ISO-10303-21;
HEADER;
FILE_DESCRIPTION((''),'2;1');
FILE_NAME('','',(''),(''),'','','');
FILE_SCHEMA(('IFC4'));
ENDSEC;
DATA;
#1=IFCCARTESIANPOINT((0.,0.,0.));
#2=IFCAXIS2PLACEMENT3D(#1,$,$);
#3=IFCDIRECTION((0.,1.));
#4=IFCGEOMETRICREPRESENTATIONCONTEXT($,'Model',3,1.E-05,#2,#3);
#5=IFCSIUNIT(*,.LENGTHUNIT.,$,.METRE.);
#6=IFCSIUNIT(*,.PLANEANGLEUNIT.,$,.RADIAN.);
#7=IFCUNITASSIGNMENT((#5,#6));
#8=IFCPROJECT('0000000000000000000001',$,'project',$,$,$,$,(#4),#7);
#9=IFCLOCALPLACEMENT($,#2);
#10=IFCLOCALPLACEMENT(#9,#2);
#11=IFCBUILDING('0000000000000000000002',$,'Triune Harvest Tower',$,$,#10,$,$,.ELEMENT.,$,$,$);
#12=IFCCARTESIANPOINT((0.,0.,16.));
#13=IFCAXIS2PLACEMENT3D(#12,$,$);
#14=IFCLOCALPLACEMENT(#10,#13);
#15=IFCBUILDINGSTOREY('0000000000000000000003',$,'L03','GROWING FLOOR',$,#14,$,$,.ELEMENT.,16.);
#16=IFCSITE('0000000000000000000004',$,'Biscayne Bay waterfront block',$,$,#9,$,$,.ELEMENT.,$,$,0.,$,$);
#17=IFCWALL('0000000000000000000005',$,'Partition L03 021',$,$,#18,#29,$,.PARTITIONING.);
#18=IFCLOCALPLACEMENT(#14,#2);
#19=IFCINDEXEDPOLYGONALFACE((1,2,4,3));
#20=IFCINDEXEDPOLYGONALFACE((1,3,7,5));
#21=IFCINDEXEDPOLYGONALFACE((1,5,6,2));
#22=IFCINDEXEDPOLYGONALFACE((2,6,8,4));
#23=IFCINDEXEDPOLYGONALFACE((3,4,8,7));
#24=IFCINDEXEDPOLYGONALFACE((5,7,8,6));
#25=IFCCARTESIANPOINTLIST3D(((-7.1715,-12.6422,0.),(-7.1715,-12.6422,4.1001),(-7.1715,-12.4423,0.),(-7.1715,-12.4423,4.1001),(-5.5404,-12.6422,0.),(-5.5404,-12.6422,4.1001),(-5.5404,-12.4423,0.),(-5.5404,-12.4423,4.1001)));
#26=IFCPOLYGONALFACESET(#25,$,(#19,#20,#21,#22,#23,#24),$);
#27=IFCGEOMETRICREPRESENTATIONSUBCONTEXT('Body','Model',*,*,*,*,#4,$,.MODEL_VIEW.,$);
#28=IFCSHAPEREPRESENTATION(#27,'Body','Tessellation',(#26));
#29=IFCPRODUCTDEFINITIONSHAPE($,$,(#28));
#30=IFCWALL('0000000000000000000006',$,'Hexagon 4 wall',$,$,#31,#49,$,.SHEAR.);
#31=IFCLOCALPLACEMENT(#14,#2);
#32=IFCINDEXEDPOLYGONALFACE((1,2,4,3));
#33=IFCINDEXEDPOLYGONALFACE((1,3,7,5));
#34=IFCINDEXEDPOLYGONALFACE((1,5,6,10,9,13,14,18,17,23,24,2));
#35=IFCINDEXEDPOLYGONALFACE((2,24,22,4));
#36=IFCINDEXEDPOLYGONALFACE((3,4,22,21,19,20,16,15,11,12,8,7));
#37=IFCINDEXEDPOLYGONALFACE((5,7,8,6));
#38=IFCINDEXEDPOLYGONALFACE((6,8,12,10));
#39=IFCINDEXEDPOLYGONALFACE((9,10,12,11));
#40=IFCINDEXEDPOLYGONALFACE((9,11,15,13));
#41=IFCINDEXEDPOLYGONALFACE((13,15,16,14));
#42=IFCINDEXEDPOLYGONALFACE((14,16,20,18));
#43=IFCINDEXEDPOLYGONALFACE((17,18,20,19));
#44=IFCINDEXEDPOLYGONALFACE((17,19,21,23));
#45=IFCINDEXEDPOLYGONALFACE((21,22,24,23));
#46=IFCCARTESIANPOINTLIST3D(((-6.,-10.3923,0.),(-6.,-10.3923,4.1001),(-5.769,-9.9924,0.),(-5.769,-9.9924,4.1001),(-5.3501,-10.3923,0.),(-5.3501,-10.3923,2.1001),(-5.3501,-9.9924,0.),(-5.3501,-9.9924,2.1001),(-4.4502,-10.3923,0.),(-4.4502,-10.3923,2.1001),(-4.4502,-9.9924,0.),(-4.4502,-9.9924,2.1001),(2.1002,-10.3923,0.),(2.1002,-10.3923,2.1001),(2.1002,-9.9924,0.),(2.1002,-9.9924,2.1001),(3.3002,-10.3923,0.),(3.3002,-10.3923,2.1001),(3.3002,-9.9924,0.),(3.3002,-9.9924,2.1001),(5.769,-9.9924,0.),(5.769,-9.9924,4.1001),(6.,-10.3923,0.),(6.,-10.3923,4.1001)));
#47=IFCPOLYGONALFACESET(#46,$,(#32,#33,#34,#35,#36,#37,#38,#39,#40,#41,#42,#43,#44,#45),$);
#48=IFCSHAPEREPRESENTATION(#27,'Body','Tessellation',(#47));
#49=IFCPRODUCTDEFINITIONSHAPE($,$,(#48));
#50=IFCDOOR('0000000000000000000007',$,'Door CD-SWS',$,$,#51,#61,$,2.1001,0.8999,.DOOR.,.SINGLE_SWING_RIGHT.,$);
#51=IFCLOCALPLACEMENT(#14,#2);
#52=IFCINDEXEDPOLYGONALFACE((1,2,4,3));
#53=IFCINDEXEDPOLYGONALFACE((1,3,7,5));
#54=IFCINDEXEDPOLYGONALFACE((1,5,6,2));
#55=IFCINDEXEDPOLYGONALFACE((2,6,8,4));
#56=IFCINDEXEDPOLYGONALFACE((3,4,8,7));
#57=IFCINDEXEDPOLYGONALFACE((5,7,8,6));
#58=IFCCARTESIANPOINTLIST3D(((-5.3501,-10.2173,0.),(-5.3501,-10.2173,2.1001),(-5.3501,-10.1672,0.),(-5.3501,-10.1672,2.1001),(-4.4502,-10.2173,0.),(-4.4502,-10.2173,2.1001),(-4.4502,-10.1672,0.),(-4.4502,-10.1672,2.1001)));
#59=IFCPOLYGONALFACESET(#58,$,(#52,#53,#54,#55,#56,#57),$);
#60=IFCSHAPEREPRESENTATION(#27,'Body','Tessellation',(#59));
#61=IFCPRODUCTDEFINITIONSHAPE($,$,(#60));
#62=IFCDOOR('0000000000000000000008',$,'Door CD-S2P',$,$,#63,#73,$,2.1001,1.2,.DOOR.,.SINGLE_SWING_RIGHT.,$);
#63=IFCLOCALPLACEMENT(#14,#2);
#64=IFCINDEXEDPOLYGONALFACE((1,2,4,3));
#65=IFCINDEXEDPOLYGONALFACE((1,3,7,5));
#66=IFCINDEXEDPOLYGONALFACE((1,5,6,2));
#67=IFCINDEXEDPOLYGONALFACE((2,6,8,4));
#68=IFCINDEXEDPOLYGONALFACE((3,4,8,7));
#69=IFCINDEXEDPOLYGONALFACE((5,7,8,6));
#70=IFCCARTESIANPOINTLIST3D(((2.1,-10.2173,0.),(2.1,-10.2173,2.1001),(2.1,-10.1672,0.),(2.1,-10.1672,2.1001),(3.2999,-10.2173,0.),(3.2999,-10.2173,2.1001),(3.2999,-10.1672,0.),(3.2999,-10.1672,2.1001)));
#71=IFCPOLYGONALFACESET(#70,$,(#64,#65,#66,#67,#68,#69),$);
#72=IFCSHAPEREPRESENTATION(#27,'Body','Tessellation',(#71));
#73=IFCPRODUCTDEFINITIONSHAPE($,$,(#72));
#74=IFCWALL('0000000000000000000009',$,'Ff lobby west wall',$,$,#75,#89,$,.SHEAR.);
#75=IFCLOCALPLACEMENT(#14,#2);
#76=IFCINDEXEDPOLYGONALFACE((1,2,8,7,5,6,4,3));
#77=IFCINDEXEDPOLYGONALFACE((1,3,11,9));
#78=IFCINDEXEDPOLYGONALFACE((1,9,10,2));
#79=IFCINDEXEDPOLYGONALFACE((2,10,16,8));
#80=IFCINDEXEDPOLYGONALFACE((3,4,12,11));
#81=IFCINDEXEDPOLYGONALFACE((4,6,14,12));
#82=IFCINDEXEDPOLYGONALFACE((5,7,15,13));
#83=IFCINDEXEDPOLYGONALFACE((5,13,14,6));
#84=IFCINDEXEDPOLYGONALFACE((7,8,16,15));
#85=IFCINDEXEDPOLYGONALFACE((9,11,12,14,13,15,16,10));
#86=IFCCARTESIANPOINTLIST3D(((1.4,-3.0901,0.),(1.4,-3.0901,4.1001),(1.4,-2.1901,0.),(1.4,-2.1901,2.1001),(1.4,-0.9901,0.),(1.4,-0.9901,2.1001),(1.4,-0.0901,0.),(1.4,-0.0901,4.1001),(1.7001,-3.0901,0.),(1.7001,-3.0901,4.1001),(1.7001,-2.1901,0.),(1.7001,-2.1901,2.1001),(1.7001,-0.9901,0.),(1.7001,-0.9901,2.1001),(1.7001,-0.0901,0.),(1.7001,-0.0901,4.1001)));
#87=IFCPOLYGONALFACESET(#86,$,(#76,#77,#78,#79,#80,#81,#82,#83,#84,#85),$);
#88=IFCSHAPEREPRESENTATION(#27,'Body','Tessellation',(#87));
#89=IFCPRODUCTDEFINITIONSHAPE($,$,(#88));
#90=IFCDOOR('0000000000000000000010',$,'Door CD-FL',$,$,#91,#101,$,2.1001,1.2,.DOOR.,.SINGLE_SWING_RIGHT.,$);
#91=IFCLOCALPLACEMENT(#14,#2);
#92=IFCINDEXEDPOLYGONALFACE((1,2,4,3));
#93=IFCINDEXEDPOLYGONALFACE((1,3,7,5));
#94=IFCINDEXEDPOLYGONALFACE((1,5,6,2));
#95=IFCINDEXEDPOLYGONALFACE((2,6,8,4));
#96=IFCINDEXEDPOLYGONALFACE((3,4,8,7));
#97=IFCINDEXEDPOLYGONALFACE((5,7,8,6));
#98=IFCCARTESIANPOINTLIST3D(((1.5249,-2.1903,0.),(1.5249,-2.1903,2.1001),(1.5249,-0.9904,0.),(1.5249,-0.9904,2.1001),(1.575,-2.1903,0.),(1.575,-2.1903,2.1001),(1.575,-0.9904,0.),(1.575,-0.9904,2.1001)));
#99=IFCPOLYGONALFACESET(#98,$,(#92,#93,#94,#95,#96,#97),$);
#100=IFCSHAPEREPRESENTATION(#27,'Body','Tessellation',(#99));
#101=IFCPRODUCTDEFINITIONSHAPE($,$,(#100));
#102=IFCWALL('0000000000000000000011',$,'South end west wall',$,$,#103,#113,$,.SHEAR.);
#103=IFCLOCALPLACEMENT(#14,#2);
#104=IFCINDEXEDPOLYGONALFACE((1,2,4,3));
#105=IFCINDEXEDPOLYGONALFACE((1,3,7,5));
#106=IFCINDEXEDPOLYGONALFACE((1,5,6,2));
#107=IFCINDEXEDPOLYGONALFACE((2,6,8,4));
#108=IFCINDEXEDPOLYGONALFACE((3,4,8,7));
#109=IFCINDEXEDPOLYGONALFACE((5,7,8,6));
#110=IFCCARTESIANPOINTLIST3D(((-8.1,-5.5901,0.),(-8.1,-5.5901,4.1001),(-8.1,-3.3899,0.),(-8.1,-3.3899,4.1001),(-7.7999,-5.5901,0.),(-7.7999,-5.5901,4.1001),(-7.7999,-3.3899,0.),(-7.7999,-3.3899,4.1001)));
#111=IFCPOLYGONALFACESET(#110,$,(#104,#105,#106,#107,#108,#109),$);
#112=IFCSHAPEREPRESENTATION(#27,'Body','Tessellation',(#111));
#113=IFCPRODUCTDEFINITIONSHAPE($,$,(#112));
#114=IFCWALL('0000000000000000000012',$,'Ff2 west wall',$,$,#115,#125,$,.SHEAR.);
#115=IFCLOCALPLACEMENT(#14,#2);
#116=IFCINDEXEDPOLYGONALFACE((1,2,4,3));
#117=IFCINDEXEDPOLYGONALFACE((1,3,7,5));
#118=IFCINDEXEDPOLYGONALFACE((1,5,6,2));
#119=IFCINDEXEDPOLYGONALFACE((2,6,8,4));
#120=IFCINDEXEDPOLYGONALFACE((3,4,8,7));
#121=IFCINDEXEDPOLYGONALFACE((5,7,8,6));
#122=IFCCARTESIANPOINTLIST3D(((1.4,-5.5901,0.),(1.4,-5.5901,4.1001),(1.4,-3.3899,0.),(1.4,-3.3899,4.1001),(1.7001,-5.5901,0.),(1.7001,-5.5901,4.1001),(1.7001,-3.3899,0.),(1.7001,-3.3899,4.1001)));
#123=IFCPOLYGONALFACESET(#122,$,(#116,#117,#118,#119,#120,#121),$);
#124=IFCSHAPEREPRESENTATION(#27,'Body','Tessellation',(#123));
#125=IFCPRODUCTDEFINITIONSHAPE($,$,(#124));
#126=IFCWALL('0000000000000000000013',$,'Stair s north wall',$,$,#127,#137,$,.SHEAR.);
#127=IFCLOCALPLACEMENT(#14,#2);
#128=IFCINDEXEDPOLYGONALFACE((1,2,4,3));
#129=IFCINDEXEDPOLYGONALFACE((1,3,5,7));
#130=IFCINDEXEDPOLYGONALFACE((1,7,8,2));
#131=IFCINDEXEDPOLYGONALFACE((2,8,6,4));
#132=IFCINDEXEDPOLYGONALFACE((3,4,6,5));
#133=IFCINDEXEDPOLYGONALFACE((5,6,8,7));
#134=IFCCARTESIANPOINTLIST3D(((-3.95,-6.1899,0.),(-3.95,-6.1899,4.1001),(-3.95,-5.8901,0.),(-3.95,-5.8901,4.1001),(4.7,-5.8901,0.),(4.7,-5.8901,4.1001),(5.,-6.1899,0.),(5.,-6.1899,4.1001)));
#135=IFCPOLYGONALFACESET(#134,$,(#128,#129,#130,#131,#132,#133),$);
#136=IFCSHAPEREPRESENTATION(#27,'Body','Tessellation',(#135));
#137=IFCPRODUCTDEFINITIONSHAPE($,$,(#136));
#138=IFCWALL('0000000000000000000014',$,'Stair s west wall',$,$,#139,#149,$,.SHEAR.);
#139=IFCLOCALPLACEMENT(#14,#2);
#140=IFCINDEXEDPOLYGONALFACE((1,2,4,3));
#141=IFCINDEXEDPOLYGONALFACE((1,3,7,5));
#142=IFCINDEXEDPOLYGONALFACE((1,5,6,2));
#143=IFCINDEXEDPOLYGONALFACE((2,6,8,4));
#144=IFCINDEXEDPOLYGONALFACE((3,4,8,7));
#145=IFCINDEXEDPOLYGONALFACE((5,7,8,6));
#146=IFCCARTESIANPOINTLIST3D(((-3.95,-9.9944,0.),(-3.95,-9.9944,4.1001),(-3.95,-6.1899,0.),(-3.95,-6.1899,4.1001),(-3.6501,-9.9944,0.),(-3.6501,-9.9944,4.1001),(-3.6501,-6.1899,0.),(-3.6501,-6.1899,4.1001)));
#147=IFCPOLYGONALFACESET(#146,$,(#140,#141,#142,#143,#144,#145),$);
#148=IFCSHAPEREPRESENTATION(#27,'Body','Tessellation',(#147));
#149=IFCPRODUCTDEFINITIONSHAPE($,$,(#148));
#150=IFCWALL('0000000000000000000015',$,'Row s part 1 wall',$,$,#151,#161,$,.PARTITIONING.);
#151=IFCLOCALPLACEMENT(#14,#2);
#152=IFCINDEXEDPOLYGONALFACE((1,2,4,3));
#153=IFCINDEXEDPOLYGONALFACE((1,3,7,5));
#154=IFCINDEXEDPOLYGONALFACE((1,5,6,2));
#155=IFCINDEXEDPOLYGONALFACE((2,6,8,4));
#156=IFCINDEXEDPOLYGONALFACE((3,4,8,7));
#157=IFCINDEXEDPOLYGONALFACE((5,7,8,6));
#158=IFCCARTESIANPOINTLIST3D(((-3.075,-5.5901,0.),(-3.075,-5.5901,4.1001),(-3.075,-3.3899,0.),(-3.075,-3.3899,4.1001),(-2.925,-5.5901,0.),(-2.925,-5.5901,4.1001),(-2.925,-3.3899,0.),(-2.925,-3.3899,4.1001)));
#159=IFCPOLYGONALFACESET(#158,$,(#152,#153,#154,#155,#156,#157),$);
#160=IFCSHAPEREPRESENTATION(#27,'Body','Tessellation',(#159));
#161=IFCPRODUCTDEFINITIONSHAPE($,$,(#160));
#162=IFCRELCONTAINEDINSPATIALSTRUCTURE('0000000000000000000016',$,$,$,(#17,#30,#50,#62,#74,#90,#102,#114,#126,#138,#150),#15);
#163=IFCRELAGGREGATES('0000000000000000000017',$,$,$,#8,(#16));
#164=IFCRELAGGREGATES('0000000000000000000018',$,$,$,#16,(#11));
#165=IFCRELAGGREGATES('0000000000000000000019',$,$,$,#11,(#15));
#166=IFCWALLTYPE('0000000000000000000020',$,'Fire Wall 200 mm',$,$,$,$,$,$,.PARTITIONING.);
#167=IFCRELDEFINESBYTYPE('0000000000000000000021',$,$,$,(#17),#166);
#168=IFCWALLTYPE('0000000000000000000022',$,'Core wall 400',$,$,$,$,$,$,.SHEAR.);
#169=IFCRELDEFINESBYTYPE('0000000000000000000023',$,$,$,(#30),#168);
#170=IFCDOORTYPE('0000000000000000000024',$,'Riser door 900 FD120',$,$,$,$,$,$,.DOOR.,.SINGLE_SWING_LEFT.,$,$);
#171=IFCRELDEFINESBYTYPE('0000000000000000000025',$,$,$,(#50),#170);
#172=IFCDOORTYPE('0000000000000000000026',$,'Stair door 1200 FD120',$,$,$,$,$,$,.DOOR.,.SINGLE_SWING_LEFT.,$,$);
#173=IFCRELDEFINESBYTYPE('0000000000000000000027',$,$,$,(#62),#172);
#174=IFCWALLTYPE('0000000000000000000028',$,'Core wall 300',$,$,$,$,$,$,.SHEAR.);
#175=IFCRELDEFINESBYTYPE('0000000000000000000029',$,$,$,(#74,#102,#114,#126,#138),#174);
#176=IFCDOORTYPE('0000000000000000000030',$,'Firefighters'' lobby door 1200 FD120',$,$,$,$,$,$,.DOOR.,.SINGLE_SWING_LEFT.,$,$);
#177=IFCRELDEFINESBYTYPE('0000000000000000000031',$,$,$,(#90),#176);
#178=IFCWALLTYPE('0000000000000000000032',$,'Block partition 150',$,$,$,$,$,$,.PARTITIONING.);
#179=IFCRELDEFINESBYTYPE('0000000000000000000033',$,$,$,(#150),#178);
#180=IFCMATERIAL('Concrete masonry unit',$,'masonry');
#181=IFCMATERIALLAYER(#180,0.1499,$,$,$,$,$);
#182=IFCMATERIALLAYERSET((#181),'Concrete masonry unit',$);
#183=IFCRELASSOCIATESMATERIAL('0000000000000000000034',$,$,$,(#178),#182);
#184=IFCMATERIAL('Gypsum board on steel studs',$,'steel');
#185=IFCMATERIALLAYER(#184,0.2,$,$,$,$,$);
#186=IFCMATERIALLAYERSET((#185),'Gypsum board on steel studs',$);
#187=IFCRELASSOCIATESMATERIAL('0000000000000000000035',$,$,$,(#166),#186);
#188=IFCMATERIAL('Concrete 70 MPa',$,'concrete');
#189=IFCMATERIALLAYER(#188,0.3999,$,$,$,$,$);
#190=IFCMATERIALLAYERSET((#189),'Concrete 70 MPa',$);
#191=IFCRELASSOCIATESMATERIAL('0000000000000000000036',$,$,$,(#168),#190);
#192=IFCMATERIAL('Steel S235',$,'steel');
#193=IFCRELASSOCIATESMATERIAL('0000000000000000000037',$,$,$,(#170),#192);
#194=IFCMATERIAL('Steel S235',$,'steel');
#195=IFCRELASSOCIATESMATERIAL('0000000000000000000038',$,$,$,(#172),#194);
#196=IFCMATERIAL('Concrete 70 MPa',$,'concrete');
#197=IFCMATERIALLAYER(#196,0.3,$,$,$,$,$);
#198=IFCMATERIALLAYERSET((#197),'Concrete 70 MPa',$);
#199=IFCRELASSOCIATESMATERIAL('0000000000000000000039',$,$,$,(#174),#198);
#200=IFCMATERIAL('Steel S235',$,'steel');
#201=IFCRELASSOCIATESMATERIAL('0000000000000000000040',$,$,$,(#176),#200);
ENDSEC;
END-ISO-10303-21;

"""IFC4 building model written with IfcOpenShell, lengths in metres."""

from ifc_helpers import new_model, si_unit, direction, frame, frame_2d, origin, place, context, subcontext, project, spatial, polyline, rectangle, outline, extrude, source, transform, mapped, material, layer, layer_set, type_object, element, fill, save


model = new_model("IFC4")

# Units and contexts
model_context = context("Model", 3, precision=1e-05, world=origin(), true_north=direction((0.0, 1.0)))
body_context = subcontext(model_context, "Body", "Model", "MODEL_VIEW")
ifc_project = project(units=[si_unit("LENGTHUNIT", "METRE"), si_unit("PLANEANGLEUNIT", "RADIAN")], contexts=[model_context])

# Site, building, storey
site_placement = place(None, origin())
site = spatial("IfcSite", under=ifc_project, at=site_placement, Name="Biscayne Bay waterfront block", CompositionType="ELEMENT", RefElevation=0.0)
building_placement = place(site_placement, origin())
building = spatial("IfcBuilding", under=site, at=building_placement, Name="Triune Harvest Tower", CompositionType="ELEMENT")
storey_placement = place(building_placement, frame((0.0, 0.0, 16.0)))
storey = spatial("IfcBuildingStorey", under=building, at=storey_placement, Name="L03", Description="GROWING FLOOR", CompositionType="ELEMENT", Elevation=16.0)

# Wall
ifc_material_1 = material(Name="Concrete masonry unit", Category="masonry")
ifc_layer_1 = layer(ifc_material_1, 0.1499)
ifc_layer_set_1 = layer_set([ifc_layer_1], Name="Concrete masonry unit")
wall_type_1 = type_object("IfcWallType", Name="Block partition 150", PredefinedType="PARTITIONING", material=ifc_layer_set_1)
ifc_material_2 = material(Name="Gypsum board on steel studs", Category="steel")
ifc_layer_2 = layer(ifc_material_2, 0.2)
ifc_layer_set_2 = layer_set([ifc_layer_2], Name="Gypsum board on steel studs")
wall_type_2 = type_object("IfcWallType", Name="Fire Wall 200 mm", PredefinedType="PARTITIONING", material=ifc_layer_set_2)
wall_1_placement = place(storey_placement, frame((-7.1714, -12.5422, 0.0), z_axis=(0.0, 0.0, 1.0), x_axis=(1.0, 0.0, 0.0)))
element("IfcWall", 1, at=wall_1_placement, inside=storey, type_object=wall_type_2, Name="Partition L03 021", PredefinedType="PARTITIONING", context=body_context, shape_type="SweptSolid", body=[
    extrude(rectangle(XDim=1.6311, YDim=0.2, at=frame_2d((0.8154, 0.0))), origin(), (0.0, 0.0, 1.0), 4.1001),
])

# Wall, openings, doors
ifc_material_3 = material(Name="Concrete 70 MPa", Category="concrete")
ifc_layer_3 = layer(ifc_material_3, 0.3999)
ifc_layer_set_3 = layer_set([ifc_layer_3], Name="Concrete 70 MPa")
wall_type_3 = type_object("IfcWallType", Name="Core wall 400", PredefinedType="SHEAR", material=ifc_layer_set_3)
shared_shape_1 = source(origin(), body_context, "Body", "SweptSolid", [
    extrude(outline(polyline([(-0.1155, -0.2), (11.8845, -0.2), (11.6536, 0.2), (0.1155, 0.2), (-0.1155, -0.2)])), origin(), (0.0, 0.0, 1.0), 4.1001),
])
wall_2_placement = place(storey_placement, frame((-5.8845, -10.1924, 0.0), z_axis=(0.0, 0.0, 1.0), x_axis=(1.0, 0.0, 0.0)))
wall_2 = element("IfcWall", 2, at=wall_2_placement, inside=storey, type_object=wall_type_3, Name="Hexagon 4 wall", PredefinedType="SHEAR", context=body_context, shape_type="MappedRepresentation", body=[
    mapped(shared_shape_1, transform((0.0, 0.0, 0.0), scale=1.0)),
])
opening_1_placement = place(wall_2_placement, frame((7.9846, 0.0, 0.0)))
opening_1 = element("IfcOpeningElement", 3, at=opening_1_placement, cuts=wall_2, PredefinedType="OPENING", context=body_context, shape_type="SweptSolid", body=[
    extrude(rectangle(XDim=1.2, YDim=2.1001, at=frame_2d((0.6001, 1.05))), frame((0.0, 0.21, 0.0), z_axis=(0.0, -1.0, 0.0), x_axis=(1.0, 0.0, 0.0)), (0.0, 0.0, 1.0), 0.4199),
])
opening_2_placement = place(wall_2_placement, frame((0.5344, 0.0, 0.0)))
opening_2 = element("IfcOpeningElement", 4, at=opening_2_placement, cuts=wall_2, PredefinedType="OPENING", context=body_context, shape_type="SweptSolid", body=[
    extrude(rectangle(XDim=0.8999, YDim=2.1001, at=frame_2d((0.45, 1.05))), frame((0.0, 0.21, 0.0), z_axis=(0.0, -1.0, 0.0), x_axis=(1.0, 0.0, 0.0)), (0.0, 0.0, 1.0), 0.4199),
])
ifc_material_4 = material(Name="Steel S235", Category="steel")
door_type_1 = type_object("IfcDoorType", Name="Riser door 900 FD120", OperationType="SINGLE_SWING_LEFT", PredefinedType="DOOR", material=ifc_material_4)
door_1_placement = place(opening_2_placement, frame((0.8999, 0.0, 0.0), z_axis=(0.0, 0.0, 1.0), x_axis=(-1.0, 0.0, 0.0)))
door_1 = element("IfcDoor", 5, at=door_1_placement, inside=storey, type_object=door_type_1, Name="Door CD-SWS", OperationType="SINGLE_SWING_RIGHT", OverallHeight=2.1001, OverallWidth=0.8999, PredefinedType="DOOR", context=body_context, shape_type="SweptSolid", body=[
    extrude(rectangle(XDim=0.8999, YDim=2.1001, at=frame_2d((0.45, 1.05))), frame((0.0, 0.0249, 0.0), z_axis=(0.0, -1.0, 0.0), x_axis=(1.0, 0.0, 0.0)), (0.0, 0.0, 1.0), 0.05),
])
fill(opening_2, door_1)
ifc_material_5 = material(Name="Steel S235", Category="steel")
door_type_2 = type_object("IfcDoorType", Name="Stair door 1200 FD120", OperationType="SINGLE_SWING_LEFT", PredefinedType="DOOR", material=ifc_material_5)
door_2_placement = place(opening_1_placement, frame((1.2, 0.0, 0.0), z_axis=(0.0, 0.0, 1.0), x_axis=(-1.0, 0.0, 0.0)))
door_2 = element("IfcDoor", 6, at=door_2_placement, inside=storey, type_object=door_type_2, Name="Door CD-S2P", OperationType="SINGLE_SWING_RIGHT", OverallHeight=2.1001, OverallWidth=1.2, PredefinedType="DOOR", context=body_context, shape_type="SweptSolid", body=[
    extrude(rectangle(XDim=1.2, YDim=2.1001, at=frame_2d((0.6001, 1.05))), frame((0.0, 0.0249, 0.0), z_axis=(0.0, -1.0, 0.0), x_axis=(1.0, 0.0, 0.0)), (0.0, 0.0, 1.0), 0.05),
])
fill(opening_1, door_2)

# Wall, opening, door
ifc_material_6 = material(Name="Concrete 70 MPa", Category="concrete")
ifc_layer_4 = layer(ifc_material_6, 0.3)
ifc_layer_set_4 = layer_set([ifc_layer_4], Name="Concrete 70 MPa")
wall_type_4 = type_object("IfcWallType", Name="Core wall 300", PredefinedType="SHEAR", material=ifc_layer_set_4)
shared_shape_2 = source(origin(), body_context, "Body", "SweptSolid", [
    extrude(rectangle(XDim=3.0, YDim=0.3, at=frame_2d((1.5, 0.0))), origin(), (0.0, 0.0, 1.0), 4.1001),
])
wall_3_placement = place(storey_placement, frame((1.55, -3.0901, 0.0), z_axis=(0.0, 0.0, 1.0), x_axis=(0.0, 1.0, 0.0)))
wall_3 = element("IfcWall", 7, at=wall_3_placement, inside=storey, type_object=wall_type_4, Name="Ff lobby west wall", PredefinedType="SHEAR", context=body_context, shape_type="MappedRepresentation", body=[
    mapped(shared_shape_2, transform((0.0, 0.0, 0.0), scale=1.0)),
])
opening_3_placement = place(wall_3_placement, frame((0.8999, 0.0, 0.0)))
opening_3 = element("IfcOpeningElement", 8, at=opening_3_placement, cuts=wall_3, PredefinedType="OPENING", context=body_context, shape_type="SweptSolid", body=[
    extrude(rectangle(XDim=1.2, YDim=2.1001, at=frame_2d((0.6001, 1.05))), frame((0.0, 0.1602, 0.0), z_axis=(0.0, -1.0, 0.0), x_axis=(1.0, 0.0, 0.0)), (0.0, 0.0, 1.0), 0.3201),
])
ifc_material_7 = material(Name="Steel S235", Category="steel")
door_type_3 = type_object("IfcDoorType", Name="Firefighters' lobby door 1200 FD120", OperationType="SINGLE_SWING_LEFT", PredefinedType="DOOR", material=ifc_material_7)
door_3_placement = place(opening_3_placement, frame((1.2, 0.0, 0.0), z_axis=(0.0, 0.0, 1.0), x_axis=(-1.0, 0.0, 0.0)))
door_3 = element("IfcDoor", 9, at=door_3_placement, inside=storey, type_object=door_type_3, Name="Door CD-FL", OperationType="SINGLE_SWING_RIGHT", OverallHeight=2.1001, OverallWidth=1.2, PredefinedType="DOOR", context=body_context, shape_type="SweptSolid", body=[
    extrude(rectangle(XDim=1.2, YDim=2.1001, at=frame_2d((0.6001, 1.05))), frame((0.0, 0.0249, 0.0), z_axis=(0.0, -1.0, 0.0), x_axis=(1.0, 0.0, 0.0)), (0.0, 0.0, 1.0), 0.05),
])
fill(opening_3, door_3)

# Walls
shared_shape_3 = source(origin(), body_context, "Body", "SweptSolid", [
    extrude(rectangle(XDim=2.2002, YDim=0.3, at=frame_2d((1.1001, 0.0))), origin(), (0.0, 0.0, 1.0), 4.1001),
])
for number, where, z_axis, x_axis, name in (
    (10, (-7.95, -5.5901, 0.0), (0.0, 0.0, 1.0), (0.0, 1.0, 0.0), "South end west wall"),
    (11, (1.55, -5.5901, 0.0), (0.0, 0.0, 1.0), (0.0, 1.0, 0.0), "Ff2 west wall"),
):
    element("IfcWall", number, at=place(storey_placement, frame(where, z_axis=z_axis, x_axis=x_axis)), inside=storey, type_object=wall_type_4, Name=name, PredefinedType="SHEAR", context=body_context, shape_type="MappedRepresentation", body=[
        mapped(shared_shape_3, transform((0.0, 0.0, 0.0), scale=1.0)),
    ])
shared_shape_4 = source(origin(), body_context, "Body", "SweptSolid", [
    extrude(outline(polyline([(0.0, -0.1499), (8.95, -0.1499), (8.6499, 0.1499), (0.0, 0.1499), (0.0, -0.1499)])), origin(), (0.0, 0.0, 1.0), 4.1001),
])
wall_4_placement = place(storey_placement, frame((-3.95, -6.04, 0.0), z_axis=(0.0, 0.0, 1.0), x_axis=(1.0, 0.0, 0.0)))
element("IfcWall", 12, at=wall_4_placement, inside=storey, type_object=wall_type_4, Name="Stair s north wall", PredefinedType="SHEAR", context=body_context, shape_type="MappedRepresentation", body=[
    mapped(shared_shape_4, transform((0.0, 0.0, 0.0), scale=1.0)),
])
shared_shape_5 = source(origin(), body_context, "Body", "SweptSolid", [
    extrude(outline(polyline([(3.8, -0.1499), (-0.0044, -0.1499), (-0.0044, 0.1499), (3.8, 0.1499), (3.8, -0.1499)])), origin(), (0.0, 0.0, 1.0), 4.1001),
])
wall_5_placement = place(storey_placement, frame((-3.8, -9.99, 0.0), z_axis=(0.0, 0.0, 1.0), x_axis=(0.0, 1.0, 0.0)))
element("IfcWall", 13, at=wall_5_placement, inside=storey, type_object=wall_type_4, Name="Stair s west wall", PredefinedType="SHEAR", context=body_context, shape_type="MappedRepresentation", body=[
    mapped(shared_shape_5, transform((0.0, 0.0, 0.0), scale=1.0)),
])
shared_shape_6 = source(origin(), body_context, "Body", "SweptSolid", [
    extrude(rectangle(XDim=2.2002, YDim=0.1499, at=frame_2d((1.1001, 0.0))), origin(), (0.0, 0.0, 1.0), 4.1001),
])
for number, where, z_axis, x_axis, name in (
    (14, (-3.0, -5.5901, 0.0), (0.0, 0.0, 1.0), (0.0, 1.0, 0.0), "Row s part 1 wall"),
):
    element("IfcWall", number, at=place(storey_placement, frame(where, z_axis=z_axis, x_axis=x_axis)), inside=storey, type_object=wall_type_1, Name=name, PredefinedType="PARTITIONING", context=body_context, shape_type="MappedRepresentation", body=[
        mapped(shared_shape_6, transform((0.0, 0.0, 0.0), scale=1.0)),
    ])

save(model, "model.ifc")
